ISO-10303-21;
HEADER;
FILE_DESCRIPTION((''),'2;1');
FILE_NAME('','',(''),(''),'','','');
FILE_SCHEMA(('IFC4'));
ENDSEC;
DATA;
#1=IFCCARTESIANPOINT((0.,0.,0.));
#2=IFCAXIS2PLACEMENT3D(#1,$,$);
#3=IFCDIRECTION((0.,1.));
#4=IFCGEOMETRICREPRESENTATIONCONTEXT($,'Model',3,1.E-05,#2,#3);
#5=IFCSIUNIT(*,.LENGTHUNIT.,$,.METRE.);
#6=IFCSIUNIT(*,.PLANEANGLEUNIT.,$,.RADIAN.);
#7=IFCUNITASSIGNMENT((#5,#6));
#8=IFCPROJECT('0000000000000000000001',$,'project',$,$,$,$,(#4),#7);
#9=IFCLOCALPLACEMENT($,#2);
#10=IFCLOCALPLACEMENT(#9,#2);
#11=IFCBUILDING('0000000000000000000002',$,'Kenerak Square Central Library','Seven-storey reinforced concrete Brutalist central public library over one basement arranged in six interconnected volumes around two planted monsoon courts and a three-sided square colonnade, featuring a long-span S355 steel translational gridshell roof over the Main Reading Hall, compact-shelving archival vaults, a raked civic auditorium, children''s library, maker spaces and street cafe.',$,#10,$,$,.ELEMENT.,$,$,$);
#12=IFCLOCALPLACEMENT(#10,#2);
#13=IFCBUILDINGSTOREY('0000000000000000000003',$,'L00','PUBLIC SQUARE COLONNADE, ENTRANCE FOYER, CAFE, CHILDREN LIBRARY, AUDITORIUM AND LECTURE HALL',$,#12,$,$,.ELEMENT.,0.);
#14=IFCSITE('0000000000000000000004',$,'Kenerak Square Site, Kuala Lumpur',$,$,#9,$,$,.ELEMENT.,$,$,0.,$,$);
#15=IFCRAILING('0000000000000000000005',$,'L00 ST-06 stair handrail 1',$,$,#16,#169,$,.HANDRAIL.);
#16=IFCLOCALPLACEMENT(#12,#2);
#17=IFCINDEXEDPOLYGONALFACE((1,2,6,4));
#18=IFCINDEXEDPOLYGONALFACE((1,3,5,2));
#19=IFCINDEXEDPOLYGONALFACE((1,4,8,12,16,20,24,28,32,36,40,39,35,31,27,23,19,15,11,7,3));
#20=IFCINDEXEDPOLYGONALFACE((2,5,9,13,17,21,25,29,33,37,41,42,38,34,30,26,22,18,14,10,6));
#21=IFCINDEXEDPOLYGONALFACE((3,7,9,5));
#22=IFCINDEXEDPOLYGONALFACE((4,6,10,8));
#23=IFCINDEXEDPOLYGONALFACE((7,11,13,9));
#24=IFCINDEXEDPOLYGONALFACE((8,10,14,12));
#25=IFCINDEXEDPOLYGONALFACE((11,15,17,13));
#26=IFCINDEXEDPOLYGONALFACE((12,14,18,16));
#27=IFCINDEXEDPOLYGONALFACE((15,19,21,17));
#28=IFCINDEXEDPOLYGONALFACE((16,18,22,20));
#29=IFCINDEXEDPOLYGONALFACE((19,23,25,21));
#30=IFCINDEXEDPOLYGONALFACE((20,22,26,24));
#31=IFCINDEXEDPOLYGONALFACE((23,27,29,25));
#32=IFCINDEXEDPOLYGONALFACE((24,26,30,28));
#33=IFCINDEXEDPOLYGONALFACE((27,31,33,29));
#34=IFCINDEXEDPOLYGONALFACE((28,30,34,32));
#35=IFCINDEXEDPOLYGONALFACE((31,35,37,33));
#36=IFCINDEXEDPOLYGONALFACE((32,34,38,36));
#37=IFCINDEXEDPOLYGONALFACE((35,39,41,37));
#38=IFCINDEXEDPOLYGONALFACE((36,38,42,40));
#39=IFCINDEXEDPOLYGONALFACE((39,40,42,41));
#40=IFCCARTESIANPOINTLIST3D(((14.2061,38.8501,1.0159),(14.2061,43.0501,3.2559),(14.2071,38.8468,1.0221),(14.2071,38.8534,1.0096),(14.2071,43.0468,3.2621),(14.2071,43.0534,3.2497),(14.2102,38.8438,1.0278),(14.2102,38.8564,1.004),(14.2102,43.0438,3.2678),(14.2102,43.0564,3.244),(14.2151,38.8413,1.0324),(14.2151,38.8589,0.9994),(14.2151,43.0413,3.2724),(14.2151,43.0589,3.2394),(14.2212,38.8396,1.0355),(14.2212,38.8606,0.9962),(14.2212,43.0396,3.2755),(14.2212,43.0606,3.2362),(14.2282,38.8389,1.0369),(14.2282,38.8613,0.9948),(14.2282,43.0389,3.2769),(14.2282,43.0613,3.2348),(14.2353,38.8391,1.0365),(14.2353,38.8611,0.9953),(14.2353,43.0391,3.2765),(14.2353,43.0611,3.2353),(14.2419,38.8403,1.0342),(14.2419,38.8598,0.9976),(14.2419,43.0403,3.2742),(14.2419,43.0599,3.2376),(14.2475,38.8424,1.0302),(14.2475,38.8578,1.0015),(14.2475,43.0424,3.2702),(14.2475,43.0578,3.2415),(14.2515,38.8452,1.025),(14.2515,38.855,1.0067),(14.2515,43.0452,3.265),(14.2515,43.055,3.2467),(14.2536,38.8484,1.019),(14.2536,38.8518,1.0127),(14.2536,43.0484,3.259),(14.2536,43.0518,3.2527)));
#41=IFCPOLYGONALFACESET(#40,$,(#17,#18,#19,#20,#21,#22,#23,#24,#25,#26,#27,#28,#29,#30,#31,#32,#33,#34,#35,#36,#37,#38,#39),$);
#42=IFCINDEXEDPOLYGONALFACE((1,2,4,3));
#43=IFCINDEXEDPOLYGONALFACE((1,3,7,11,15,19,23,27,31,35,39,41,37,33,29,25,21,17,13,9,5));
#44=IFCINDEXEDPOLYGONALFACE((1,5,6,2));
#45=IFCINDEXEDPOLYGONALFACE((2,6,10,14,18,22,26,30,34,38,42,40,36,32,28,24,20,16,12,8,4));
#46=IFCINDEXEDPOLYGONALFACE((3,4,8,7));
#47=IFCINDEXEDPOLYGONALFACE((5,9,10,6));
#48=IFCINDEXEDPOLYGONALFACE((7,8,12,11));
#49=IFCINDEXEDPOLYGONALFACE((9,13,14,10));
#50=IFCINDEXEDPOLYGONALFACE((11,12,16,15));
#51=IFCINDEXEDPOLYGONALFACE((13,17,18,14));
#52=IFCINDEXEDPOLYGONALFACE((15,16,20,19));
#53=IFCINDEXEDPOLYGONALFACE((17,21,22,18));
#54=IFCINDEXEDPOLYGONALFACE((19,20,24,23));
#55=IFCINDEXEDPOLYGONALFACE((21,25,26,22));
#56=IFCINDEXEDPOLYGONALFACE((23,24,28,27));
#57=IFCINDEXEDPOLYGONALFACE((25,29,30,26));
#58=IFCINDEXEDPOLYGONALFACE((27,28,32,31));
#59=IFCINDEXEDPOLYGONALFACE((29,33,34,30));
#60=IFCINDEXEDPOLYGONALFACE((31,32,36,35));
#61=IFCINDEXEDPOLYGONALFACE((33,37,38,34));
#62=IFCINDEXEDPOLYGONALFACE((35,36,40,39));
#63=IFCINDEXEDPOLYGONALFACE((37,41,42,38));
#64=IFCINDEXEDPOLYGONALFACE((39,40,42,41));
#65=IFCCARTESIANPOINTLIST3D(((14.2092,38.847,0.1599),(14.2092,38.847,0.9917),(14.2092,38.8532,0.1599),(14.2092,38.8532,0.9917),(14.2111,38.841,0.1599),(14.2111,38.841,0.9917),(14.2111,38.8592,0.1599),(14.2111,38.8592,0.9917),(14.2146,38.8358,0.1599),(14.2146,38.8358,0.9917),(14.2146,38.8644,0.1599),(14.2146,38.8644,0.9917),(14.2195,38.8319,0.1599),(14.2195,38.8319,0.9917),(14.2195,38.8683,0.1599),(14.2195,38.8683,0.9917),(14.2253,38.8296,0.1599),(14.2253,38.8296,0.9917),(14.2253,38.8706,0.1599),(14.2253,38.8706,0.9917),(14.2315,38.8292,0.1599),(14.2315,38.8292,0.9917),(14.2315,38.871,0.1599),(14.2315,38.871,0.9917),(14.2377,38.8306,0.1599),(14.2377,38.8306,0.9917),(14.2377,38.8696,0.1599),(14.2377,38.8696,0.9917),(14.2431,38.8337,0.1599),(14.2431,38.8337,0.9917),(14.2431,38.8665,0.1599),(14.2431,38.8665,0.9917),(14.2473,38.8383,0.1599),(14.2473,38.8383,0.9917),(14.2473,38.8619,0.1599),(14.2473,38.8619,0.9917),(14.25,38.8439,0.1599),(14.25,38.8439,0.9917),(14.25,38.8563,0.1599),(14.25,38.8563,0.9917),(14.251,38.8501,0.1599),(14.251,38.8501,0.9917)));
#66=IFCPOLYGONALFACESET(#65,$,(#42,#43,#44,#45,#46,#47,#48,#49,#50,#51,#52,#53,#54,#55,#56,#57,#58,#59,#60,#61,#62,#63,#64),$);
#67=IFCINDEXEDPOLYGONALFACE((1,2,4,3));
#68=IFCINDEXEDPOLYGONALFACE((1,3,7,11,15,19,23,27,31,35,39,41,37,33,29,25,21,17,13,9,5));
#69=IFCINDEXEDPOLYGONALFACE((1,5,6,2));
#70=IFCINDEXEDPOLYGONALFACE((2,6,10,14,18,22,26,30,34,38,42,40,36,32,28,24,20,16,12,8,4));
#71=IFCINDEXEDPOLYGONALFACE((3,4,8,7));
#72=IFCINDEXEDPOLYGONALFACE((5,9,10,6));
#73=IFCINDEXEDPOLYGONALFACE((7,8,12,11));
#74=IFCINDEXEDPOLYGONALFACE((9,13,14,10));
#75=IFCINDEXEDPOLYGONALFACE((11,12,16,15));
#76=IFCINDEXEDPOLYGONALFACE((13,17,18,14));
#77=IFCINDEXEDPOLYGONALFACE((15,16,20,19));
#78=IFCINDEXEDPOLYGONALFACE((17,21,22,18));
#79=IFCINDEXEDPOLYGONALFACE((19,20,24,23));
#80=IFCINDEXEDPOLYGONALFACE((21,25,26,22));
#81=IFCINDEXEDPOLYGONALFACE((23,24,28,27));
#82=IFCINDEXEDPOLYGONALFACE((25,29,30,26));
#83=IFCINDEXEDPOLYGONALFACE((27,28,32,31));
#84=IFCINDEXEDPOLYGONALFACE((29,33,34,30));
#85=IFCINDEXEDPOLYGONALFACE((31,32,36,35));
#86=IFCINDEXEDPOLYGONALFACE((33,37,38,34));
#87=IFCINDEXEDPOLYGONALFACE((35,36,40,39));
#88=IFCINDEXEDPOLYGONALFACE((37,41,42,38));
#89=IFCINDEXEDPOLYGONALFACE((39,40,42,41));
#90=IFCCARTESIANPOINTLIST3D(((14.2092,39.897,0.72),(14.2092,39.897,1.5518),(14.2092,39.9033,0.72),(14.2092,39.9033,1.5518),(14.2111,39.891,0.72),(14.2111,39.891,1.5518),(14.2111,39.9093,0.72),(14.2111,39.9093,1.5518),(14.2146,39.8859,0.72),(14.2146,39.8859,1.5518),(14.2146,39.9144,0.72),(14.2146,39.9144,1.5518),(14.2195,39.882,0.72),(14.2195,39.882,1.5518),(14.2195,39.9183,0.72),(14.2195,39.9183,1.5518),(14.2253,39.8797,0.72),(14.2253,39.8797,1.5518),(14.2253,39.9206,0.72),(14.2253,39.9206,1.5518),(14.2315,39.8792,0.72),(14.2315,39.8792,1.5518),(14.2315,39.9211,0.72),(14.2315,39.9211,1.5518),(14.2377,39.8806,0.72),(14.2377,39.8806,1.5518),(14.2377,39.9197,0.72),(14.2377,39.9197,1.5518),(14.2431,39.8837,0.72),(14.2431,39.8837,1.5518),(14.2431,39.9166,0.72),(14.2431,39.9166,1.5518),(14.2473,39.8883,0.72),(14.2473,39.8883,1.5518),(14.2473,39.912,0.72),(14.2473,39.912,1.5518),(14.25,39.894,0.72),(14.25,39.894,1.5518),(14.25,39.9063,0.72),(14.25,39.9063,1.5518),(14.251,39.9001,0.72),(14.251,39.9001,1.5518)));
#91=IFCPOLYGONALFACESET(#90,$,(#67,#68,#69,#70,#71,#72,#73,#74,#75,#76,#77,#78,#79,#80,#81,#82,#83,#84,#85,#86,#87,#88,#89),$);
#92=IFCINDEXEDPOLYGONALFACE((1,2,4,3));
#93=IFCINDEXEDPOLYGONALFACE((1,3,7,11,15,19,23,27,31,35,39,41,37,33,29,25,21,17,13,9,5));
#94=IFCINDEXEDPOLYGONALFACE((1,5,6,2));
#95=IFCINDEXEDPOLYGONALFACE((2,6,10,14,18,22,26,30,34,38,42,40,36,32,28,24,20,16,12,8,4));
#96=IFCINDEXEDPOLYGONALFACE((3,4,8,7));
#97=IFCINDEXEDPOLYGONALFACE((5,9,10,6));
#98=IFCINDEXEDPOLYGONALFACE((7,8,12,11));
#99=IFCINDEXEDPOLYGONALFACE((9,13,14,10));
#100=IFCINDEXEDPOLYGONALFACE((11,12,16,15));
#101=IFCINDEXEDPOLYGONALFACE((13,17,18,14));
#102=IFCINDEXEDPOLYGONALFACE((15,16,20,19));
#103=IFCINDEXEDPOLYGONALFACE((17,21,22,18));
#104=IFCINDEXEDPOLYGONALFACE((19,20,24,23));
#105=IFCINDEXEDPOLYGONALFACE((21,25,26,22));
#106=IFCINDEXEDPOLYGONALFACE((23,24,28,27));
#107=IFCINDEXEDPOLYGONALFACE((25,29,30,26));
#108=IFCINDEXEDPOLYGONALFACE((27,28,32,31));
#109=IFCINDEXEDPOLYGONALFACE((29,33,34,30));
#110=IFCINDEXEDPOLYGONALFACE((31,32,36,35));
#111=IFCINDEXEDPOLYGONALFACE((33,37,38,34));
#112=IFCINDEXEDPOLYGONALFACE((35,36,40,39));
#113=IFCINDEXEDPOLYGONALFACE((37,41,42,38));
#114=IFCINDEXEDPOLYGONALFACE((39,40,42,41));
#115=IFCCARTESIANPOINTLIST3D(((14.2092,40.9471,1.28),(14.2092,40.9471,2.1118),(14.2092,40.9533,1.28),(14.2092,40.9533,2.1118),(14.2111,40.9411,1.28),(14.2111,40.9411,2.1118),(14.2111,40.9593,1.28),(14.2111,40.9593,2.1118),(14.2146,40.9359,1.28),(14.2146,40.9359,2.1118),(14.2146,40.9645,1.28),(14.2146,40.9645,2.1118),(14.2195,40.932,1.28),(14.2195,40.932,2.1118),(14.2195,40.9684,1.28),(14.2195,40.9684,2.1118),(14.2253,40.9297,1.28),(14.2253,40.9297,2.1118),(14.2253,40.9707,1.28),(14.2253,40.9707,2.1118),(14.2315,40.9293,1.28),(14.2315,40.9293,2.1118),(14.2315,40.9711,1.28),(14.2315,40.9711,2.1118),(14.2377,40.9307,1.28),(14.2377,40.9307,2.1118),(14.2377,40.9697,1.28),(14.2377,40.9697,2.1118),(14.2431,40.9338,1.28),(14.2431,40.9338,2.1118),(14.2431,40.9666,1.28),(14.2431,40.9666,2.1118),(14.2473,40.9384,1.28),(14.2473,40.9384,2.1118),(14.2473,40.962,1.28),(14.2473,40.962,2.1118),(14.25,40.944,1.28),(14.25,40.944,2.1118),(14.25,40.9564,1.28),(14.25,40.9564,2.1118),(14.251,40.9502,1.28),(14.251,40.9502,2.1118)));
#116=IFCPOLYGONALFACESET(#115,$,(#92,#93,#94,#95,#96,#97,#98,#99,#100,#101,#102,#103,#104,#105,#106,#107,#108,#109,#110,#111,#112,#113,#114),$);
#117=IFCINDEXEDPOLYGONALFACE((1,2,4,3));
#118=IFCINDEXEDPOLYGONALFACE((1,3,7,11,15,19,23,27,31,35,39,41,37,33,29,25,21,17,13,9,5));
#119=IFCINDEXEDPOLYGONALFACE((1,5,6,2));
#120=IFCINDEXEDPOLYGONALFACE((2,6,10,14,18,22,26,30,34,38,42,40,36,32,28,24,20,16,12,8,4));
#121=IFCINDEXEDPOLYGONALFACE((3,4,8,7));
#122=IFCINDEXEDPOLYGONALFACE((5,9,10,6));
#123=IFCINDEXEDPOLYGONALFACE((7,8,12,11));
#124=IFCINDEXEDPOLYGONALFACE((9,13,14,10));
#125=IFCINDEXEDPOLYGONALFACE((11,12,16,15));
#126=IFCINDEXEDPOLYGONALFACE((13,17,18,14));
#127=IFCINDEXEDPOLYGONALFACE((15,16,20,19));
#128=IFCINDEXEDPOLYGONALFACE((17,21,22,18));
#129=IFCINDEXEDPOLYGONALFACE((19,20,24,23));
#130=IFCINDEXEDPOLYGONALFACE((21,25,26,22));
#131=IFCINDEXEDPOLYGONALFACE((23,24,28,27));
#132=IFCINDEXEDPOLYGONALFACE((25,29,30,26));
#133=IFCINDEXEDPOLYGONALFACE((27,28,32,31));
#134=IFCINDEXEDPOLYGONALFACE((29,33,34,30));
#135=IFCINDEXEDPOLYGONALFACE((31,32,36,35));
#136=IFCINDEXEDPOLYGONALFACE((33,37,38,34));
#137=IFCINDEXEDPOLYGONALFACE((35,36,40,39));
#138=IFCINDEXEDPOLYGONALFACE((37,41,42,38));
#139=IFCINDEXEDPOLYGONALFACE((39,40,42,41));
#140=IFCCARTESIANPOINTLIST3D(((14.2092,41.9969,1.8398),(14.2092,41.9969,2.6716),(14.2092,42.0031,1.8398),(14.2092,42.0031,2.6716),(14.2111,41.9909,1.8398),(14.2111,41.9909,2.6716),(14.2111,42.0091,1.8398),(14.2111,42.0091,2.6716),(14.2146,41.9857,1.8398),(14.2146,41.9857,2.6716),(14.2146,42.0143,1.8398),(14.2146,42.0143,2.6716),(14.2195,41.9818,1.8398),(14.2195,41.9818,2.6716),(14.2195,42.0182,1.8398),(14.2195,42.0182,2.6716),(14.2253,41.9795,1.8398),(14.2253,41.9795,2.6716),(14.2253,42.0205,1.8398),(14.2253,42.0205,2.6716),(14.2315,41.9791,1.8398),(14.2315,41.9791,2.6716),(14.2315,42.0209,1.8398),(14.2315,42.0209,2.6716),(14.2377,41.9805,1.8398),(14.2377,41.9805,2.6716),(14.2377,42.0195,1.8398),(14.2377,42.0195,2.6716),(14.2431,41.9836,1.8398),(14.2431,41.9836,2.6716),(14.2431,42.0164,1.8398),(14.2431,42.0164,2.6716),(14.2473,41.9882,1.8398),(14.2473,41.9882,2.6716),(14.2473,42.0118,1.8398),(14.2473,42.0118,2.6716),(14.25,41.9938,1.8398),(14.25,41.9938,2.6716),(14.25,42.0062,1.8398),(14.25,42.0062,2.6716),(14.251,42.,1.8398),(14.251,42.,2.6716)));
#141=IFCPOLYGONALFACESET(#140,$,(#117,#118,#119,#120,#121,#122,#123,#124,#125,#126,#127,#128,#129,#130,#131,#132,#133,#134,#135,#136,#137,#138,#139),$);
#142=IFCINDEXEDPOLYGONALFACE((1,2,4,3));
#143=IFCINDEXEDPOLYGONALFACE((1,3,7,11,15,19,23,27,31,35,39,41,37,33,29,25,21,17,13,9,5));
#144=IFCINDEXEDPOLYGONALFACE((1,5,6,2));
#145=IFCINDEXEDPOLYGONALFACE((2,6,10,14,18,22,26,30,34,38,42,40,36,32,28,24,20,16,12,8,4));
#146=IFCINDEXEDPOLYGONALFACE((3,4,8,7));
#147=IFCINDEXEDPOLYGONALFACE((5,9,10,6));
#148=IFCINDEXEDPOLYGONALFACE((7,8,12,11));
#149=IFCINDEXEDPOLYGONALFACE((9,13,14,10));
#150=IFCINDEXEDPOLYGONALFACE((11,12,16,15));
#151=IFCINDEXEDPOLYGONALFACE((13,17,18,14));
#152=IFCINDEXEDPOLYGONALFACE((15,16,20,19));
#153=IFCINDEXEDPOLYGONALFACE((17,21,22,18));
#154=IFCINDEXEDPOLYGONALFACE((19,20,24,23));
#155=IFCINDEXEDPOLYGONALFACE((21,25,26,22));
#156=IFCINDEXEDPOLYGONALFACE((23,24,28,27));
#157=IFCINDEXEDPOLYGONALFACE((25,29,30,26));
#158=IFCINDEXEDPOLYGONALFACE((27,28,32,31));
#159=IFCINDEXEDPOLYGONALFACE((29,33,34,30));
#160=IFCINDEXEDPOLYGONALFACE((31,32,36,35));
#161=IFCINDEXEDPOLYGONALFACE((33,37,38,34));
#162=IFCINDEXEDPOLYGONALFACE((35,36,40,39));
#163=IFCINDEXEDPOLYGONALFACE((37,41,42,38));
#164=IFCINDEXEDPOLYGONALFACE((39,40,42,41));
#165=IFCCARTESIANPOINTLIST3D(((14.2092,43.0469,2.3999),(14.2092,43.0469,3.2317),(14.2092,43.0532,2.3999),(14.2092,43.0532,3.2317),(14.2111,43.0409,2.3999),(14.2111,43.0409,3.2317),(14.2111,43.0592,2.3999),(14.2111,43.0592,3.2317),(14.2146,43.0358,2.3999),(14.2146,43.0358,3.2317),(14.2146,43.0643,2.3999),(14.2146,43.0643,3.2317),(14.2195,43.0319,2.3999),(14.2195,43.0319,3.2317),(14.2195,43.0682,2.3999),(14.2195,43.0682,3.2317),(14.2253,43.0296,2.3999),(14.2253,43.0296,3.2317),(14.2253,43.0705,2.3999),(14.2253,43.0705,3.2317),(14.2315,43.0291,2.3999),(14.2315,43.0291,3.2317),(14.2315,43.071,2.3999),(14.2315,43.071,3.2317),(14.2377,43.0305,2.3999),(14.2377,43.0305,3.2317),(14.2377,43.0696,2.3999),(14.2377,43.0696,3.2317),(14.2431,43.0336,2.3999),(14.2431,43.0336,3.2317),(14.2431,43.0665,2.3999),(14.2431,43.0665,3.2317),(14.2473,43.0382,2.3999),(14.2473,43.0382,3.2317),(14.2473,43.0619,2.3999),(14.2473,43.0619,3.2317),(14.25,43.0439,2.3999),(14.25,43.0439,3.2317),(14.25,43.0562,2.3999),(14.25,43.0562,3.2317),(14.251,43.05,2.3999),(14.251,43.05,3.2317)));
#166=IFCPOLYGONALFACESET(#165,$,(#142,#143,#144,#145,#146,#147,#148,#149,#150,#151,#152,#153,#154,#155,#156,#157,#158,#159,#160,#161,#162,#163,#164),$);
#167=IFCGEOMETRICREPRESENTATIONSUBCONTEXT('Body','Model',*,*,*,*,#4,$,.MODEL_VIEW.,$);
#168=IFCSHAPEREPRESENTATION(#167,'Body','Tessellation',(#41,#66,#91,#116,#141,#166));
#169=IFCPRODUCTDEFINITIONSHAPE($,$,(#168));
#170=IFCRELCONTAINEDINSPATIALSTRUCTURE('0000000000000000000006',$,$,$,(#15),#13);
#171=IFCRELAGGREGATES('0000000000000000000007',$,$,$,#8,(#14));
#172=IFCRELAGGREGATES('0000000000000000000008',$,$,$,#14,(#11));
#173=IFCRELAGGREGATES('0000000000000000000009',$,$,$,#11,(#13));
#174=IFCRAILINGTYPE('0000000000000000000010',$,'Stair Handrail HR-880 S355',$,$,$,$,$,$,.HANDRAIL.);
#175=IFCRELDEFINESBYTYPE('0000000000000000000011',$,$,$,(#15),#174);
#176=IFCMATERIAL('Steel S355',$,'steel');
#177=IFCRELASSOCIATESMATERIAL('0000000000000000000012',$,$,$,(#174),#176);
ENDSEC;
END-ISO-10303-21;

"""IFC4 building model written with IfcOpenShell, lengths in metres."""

from ifc_helpers import new_model, si_unit, direction, frame, origin, origin_2d, place, context, subcontext, project, spatial, circle, extrude, material, type_object, element, save


model = new_model("IFC4")

# Units and contexts
model_context = context("Model", 3, precision=1e-05, world=origin(), true_north=direction((0.0, 1.0)))
body_context = subcontext(model_context, "Body", "Model", "MODEL_VIEW")
ifc_project = project(units=[si_unit("LENGTHUNIT", "METRE"), si_unit("PLANEANGLEUNIT", "RADIAN")], contexts=[model_context])

# Site, building, storey
site_placement = place(None, origin())
site = spatial("IfcSite", under=ifc_project, at=site_placement, Name="Kenerak Square Site, Kuala Lumpur", CompositionType="ELEMENT", RefElevation=0.0)
building_placement = place(site_placement, origin())
building = spatial("IfcBuilding", under=site, at=building_placement, Name="Kenerak Square Central Library", Description="Seven-storey reinforced concrete Brutalist central public library over one basement arranged in six interconnected volumes around two planted monsoon courts and a three-sided square colonnade, featuring a long-span S355 steel translational gridshell roof over the Main Reading Hall, compact-shelving archival vaults, a raked civic auditorium, children's library, maker spaces and street cafe.", CompositionType="ELEMENT")
storey_placement = place(building_placement, origin())
storey = spatial("IfcBuildingStorey", under=building, at=storey_placement, Name="L00", Description="PUBLIC SQUARE COLONNADE, ENTRANCE FOYER, CAFE, CHILDREN LIBRARY, AUDITORIUM AND LECTURE HALL", CompositionType="ELEMENT", Elevation=0.0)

# Shared definitions
ifc_material_1 = material(Name="Steel S355", Category="steel")

# Railing
railing_type_1 = type_object("IfcRailingType", Name="Stair Handrail HR-880 S355", PredefinedType="HANDRAIL", material=ifc_material_1)
railing_1_placement = place(storey_placement, frame((14.23, 38.8501, 0.1599)))
element("IfcRailing", 1, at=railing_1_placement, inside=storey, type_object=railing_type_1, Name="L00 ST-06 stair handrail 1", PredefinedType="HANDRAIL", context=body_context, shape_type="SweptSolid", body=[
    extrude(circle(Radius=0.0239, at=origin_2d()), frame((0.0, 0.0, 0.856), z_axis=(0.0, 0.882352, 0.470591), x_axis=(-1.0, 0.0, 0.0)), (0.0, 0.0, 1.0), 4.76),
    extrude(circle(Radius=0.021, at=origin_2d()), origin(), (0.0, 0.0, 1.0), 0.8318),
    extrude(circle(Radius=0.021, at=origin_2d()), frame((0.0, 1.05, 0.5601)), (0.0, 0.0, 1.0), 0.8318),
    extrude(circle(Radius=0.021, at=origin_2d()), frame((0.0, 2.1001, 1.1201)), (0.0, 0.0, 1.0), 0.8318),
    extrude(circle(Radius=0.021, at=origin_2d()), frame((0.0, 3.1499, 1.6799)), (0.0, 0.0, 1.0), 0.8318),
    extrude(circle(Radius=0.021, at=origin_2d()), frame((0.0, 4.2, 2.24)), (0.0, 0.0, 1.0), 0.8318),
])

save(model, "model.ifc")
